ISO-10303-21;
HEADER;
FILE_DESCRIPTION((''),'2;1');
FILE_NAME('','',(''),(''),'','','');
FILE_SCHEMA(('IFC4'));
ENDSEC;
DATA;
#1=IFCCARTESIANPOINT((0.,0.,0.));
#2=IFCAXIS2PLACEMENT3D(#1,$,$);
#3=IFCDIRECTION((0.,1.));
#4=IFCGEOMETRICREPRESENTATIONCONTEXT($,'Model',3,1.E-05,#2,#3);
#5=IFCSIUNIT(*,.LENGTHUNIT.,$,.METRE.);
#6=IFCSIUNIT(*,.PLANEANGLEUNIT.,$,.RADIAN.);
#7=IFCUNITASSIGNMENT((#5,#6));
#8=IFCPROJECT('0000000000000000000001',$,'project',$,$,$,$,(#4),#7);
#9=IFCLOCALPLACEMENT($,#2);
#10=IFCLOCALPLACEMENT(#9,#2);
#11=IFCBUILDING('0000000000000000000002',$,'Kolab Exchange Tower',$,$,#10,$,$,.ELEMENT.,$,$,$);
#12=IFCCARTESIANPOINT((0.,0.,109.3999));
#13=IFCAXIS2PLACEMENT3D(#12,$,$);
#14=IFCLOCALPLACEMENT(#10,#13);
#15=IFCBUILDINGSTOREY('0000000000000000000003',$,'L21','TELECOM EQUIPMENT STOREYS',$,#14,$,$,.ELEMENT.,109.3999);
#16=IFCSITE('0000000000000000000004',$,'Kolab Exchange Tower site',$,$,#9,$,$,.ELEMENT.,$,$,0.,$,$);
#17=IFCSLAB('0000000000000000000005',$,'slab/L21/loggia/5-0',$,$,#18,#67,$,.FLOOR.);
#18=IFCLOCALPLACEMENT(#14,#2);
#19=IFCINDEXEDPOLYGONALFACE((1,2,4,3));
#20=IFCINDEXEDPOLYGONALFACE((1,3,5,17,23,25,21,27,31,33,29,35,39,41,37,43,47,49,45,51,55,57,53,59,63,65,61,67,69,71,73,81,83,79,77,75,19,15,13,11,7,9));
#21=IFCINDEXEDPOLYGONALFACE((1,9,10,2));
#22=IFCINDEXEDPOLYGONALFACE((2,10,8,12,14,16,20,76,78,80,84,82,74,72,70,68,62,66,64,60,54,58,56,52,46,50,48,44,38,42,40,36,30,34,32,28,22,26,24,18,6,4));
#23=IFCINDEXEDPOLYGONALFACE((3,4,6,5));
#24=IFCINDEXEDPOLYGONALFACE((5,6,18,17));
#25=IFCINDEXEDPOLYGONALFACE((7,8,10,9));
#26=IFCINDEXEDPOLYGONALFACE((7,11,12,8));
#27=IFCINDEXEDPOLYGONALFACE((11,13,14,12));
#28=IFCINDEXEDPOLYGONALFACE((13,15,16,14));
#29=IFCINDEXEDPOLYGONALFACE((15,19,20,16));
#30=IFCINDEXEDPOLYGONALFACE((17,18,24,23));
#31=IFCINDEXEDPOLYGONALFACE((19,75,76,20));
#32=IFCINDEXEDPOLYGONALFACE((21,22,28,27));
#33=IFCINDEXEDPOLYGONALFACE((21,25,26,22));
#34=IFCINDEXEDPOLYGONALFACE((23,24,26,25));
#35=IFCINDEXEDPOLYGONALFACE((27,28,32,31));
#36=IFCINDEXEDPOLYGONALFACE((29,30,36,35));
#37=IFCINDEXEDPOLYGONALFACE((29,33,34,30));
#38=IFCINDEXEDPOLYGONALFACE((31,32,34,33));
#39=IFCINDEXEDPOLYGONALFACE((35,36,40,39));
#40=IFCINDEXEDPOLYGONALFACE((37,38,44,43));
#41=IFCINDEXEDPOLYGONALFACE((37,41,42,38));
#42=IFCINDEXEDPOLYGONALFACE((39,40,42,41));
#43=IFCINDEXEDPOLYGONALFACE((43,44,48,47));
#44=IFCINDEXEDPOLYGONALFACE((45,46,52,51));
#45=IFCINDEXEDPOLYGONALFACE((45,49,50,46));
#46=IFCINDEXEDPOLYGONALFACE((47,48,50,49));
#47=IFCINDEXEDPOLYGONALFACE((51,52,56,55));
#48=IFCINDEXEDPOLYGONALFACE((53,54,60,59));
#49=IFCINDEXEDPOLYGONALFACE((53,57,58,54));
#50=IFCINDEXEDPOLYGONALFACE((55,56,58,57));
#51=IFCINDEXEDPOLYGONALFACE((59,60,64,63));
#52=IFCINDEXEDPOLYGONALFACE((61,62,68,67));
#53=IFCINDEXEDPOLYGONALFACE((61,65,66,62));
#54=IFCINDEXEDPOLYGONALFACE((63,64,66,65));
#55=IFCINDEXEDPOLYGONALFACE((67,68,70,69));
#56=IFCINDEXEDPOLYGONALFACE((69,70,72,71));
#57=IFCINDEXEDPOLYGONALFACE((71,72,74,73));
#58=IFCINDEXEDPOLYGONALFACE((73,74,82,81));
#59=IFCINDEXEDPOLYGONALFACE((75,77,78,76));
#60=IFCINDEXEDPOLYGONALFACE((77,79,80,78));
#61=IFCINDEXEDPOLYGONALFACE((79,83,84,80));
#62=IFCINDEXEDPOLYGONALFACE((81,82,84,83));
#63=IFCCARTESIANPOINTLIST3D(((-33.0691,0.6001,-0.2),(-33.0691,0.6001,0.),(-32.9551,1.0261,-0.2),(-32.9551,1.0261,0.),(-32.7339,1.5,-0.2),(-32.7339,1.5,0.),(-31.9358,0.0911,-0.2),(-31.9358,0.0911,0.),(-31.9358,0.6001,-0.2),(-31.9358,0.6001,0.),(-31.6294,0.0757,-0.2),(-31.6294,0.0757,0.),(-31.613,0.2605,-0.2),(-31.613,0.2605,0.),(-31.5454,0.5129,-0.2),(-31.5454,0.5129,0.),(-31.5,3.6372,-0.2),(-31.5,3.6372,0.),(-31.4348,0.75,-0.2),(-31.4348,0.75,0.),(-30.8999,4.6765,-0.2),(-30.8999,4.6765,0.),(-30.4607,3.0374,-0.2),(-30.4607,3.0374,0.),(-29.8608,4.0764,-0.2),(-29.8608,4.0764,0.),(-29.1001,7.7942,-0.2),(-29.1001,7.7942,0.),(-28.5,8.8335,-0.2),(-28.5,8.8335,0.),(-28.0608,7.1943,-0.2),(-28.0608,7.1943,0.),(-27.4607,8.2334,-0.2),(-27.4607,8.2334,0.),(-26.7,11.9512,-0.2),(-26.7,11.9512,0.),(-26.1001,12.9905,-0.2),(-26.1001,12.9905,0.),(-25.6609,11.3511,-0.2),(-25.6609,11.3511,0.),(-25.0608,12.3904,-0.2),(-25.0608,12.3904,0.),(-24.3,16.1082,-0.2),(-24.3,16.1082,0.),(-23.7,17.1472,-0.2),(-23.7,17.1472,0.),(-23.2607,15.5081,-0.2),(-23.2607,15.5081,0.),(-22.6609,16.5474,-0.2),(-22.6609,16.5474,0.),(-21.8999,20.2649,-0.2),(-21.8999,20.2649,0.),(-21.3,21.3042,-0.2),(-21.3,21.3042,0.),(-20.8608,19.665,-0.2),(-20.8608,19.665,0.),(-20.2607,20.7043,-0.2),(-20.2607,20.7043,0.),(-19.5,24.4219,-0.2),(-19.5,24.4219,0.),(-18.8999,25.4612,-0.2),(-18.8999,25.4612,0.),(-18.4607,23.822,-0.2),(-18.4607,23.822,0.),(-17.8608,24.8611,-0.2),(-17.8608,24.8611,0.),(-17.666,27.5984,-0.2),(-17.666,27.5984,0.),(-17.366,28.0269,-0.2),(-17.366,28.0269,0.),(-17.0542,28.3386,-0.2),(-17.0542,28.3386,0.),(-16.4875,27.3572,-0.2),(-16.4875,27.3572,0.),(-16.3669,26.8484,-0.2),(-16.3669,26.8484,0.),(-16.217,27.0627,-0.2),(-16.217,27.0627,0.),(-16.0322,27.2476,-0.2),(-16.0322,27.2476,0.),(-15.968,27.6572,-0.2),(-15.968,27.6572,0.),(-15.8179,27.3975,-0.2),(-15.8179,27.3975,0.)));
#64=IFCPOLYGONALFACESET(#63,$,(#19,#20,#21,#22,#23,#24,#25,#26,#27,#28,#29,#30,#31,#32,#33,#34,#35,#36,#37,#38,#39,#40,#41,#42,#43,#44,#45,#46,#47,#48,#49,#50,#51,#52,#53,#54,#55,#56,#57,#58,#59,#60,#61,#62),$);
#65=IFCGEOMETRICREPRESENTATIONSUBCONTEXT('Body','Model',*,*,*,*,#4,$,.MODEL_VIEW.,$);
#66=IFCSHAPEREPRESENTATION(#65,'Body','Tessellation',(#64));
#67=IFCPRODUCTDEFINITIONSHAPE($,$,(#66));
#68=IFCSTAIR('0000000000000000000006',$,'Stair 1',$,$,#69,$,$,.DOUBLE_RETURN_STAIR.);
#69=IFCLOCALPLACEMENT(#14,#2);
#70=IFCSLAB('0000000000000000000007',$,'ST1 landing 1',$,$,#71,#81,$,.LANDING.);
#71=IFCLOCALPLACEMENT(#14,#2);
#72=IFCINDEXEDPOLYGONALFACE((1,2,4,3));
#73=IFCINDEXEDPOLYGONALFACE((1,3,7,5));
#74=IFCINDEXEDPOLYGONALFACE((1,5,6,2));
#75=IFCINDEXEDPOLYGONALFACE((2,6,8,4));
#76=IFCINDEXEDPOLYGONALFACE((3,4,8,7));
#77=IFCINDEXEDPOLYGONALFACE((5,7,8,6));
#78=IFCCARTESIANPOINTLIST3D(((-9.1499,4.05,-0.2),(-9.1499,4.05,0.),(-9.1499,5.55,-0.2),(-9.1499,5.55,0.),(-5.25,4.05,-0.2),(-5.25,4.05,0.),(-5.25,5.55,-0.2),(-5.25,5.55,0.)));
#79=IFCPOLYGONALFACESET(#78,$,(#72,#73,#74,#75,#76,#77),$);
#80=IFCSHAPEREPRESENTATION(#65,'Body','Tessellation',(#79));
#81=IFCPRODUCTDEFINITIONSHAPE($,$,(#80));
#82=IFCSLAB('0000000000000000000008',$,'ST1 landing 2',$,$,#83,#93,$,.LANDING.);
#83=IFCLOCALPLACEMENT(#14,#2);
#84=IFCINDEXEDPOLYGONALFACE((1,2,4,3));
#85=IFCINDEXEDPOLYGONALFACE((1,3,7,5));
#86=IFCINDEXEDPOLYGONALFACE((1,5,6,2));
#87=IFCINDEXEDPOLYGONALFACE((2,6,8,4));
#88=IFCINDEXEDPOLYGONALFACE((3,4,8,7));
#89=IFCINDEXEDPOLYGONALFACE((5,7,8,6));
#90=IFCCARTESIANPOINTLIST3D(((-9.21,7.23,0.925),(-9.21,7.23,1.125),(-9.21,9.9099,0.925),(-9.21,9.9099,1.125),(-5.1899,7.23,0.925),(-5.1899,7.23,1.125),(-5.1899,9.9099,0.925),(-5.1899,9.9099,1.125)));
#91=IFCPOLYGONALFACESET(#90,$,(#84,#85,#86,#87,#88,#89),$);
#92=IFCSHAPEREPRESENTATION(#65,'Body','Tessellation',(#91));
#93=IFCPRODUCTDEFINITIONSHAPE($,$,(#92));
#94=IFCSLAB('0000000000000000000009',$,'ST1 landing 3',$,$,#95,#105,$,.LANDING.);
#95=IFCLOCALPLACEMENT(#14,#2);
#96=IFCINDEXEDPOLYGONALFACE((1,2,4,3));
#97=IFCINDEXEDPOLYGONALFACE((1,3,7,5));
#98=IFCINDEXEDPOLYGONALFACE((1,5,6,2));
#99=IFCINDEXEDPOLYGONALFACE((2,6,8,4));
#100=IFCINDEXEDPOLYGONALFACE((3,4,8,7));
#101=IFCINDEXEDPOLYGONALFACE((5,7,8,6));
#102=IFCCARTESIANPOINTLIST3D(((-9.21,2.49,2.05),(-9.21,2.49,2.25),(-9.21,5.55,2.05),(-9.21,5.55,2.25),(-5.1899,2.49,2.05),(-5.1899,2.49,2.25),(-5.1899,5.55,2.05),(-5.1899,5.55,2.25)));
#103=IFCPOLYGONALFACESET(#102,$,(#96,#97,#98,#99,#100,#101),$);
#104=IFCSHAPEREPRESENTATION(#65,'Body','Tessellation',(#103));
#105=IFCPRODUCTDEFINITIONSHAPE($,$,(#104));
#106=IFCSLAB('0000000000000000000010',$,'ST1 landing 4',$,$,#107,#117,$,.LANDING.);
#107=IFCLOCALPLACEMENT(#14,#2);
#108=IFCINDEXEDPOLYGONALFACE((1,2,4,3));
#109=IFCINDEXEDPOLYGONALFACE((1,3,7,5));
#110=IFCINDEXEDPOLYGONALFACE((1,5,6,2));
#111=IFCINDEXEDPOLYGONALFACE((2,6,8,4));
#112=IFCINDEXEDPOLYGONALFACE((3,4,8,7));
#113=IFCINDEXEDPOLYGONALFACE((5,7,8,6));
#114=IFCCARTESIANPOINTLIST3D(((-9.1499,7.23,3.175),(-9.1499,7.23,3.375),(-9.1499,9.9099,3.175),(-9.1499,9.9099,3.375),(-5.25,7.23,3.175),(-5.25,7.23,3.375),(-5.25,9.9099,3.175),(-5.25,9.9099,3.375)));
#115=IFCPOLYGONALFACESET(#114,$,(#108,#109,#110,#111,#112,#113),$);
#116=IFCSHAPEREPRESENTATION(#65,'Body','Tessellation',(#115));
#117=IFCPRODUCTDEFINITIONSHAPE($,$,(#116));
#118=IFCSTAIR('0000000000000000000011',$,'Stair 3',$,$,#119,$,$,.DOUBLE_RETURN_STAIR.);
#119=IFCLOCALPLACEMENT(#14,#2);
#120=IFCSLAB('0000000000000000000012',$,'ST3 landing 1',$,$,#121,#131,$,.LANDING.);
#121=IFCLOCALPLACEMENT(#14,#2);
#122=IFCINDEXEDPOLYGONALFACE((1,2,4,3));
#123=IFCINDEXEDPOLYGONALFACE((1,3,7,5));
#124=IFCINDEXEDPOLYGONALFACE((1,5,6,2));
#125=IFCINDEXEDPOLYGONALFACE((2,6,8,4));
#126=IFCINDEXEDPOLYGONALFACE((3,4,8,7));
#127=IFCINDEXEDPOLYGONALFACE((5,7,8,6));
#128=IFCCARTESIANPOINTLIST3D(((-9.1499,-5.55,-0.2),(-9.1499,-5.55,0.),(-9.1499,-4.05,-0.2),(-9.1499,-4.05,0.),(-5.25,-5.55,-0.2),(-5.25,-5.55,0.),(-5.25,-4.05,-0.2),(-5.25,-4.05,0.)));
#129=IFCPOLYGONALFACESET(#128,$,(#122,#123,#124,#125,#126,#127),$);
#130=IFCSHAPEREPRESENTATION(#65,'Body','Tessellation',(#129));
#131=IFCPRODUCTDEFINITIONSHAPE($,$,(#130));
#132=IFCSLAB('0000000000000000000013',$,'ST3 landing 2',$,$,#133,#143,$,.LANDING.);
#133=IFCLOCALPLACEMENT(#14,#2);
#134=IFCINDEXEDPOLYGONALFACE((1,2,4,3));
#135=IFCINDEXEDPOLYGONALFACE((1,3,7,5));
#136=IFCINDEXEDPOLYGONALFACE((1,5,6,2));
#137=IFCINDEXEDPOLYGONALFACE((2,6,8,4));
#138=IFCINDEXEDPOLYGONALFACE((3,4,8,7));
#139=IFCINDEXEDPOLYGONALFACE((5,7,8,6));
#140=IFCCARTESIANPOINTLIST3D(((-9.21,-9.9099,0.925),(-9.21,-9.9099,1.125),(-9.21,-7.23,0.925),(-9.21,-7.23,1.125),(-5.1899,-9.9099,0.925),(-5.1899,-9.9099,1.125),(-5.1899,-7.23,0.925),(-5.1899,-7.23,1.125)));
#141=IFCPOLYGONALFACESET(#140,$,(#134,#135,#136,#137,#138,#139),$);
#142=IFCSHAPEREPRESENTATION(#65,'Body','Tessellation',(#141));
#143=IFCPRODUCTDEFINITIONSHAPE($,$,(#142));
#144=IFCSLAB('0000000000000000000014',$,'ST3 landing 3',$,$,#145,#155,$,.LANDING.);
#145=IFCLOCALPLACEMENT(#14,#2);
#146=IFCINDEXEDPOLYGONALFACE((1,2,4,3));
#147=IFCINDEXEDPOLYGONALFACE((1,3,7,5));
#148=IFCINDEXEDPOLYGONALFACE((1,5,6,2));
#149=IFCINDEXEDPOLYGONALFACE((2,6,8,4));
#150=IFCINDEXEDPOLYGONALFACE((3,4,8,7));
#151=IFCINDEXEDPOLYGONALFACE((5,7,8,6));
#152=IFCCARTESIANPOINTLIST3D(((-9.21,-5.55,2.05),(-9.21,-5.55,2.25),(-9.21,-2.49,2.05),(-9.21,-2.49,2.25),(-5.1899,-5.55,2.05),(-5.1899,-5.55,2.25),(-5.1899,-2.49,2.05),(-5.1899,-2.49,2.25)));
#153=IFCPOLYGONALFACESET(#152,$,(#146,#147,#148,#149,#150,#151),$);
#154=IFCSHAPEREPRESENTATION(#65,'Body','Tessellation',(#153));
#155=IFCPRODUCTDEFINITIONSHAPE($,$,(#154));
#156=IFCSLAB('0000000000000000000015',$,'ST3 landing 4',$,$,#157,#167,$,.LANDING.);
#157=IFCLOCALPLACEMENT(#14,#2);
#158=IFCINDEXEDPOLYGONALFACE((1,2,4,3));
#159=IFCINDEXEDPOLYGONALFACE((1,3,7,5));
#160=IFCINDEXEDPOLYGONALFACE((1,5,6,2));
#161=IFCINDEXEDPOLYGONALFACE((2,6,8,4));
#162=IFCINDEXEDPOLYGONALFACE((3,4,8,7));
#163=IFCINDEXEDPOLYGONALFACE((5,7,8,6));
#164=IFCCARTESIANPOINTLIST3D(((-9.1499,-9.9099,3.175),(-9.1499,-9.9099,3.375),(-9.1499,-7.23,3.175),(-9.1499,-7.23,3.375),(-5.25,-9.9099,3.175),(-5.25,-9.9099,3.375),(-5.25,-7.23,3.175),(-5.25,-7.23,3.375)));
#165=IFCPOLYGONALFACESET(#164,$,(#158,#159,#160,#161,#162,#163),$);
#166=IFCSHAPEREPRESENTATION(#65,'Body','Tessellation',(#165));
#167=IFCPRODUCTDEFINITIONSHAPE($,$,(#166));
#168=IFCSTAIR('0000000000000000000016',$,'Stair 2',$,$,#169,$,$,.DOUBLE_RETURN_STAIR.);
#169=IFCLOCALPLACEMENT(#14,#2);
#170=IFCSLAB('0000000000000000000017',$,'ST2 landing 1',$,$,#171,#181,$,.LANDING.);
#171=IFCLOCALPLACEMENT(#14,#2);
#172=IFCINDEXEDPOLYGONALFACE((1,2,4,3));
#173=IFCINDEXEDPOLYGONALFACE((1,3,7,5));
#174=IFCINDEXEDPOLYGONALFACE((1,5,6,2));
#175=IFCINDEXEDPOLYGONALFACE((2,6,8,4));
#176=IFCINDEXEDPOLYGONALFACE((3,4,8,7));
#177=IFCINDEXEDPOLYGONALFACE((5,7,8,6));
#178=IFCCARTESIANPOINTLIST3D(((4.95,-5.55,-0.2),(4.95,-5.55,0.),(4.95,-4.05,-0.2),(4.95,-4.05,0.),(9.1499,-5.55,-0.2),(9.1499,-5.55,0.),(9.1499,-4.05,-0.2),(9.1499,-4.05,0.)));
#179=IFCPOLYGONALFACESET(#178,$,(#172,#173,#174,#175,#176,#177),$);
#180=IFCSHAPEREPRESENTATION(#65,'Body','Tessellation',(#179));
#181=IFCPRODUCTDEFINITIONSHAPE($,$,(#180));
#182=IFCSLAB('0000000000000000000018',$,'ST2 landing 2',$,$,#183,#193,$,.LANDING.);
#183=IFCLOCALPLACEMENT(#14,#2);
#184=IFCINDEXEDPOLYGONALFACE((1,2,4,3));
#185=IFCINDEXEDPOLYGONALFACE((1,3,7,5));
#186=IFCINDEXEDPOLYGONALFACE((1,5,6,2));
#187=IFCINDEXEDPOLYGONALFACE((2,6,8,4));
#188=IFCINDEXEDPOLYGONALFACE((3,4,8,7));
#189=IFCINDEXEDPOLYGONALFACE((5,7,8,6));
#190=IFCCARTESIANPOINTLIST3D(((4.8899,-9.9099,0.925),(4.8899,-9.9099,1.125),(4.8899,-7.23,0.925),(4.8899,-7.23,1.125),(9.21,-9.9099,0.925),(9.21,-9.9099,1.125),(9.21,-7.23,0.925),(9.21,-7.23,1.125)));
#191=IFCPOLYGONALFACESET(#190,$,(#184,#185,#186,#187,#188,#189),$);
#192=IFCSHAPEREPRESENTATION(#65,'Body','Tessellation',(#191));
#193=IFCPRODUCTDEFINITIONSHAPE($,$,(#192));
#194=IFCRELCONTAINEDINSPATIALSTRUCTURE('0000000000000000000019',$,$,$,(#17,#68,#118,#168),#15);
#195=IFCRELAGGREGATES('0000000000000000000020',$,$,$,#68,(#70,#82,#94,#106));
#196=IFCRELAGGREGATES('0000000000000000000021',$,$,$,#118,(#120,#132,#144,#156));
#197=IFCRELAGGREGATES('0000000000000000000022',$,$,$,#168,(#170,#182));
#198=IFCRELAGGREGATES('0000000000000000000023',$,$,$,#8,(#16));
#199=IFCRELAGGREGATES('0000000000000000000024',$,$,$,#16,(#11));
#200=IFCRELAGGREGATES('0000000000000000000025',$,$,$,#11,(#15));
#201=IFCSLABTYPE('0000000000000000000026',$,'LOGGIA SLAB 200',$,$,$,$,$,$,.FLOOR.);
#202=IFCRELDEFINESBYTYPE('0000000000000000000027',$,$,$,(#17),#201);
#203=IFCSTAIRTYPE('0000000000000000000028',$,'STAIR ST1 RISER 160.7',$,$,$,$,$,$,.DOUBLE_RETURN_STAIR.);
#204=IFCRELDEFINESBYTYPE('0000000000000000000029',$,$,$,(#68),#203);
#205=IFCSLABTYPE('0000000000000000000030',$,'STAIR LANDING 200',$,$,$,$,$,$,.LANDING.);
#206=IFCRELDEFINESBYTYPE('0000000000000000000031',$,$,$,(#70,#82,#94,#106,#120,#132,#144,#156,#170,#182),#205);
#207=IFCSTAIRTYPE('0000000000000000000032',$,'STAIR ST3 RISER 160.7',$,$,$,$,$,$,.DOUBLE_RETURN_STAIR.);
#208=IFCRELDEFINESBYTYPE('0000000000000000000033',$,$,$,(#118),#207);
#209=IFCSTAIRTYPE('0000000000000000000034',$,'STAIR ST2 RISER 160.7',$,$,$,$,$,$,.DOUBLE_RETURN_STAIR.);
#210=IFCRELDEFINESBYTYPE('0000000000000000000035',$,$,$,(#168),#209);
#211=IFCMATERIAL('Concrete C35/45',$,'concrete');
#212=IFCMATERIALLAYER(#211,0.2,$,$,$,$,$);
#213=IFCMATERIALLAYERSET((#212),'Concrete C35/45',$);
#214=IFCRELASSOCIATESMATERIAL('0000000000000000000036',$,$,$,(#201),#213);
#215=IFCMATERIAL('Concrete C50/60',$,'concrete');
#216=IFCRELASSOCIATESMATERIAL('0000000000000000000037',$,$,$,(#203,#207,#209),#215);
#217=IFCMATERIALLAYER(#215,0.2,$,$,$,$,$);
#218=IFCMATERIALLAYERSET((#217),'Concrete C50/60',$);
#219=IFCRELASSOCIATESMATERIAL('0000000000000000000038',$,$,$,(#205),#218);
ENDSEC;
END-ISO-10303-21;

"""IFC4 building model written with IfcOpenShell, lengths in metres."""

from ifc_helpers import new_model, si_unit, direction, frame, origin, place, context, subcontext, project, spatial, polyline, outline, extrude, material, layer, layer_set, type_object, element, aggregate, save


model = new_model("IFC4")

# Units and contexts
model_context = context("Model", 3, precision=1e-05, world=origin(), true_north=direction((0.0, 1.0)))
body_context = subcontext(model_context, "Body", "Model", "MODEL_VIEW")
ifc_project = project(units=[si_unit("LENGTHUNIT", "METRE"), si_unit("PLANEANGLEUNIT", "RADIAN")], contexts=[model_context])

# Site, building, storey
site_placement = place(None, origin())
site = spatial("IfcSite", under=ifc_project, at=site_placement, Name="Kolab Exchange Tower site", CompositionType="ELEMENT", RefElevation=0.0)
building_placement = place(site_placement, origin())
building = spatial("IfcBuilding", under=site, at=building_placement, Name="Kolab Exchange Tower", CompositionType="ELEMENT")
storey_placement = place(building_placement, frame((0.0, 0.0, 109.3999)))
storey = spatial("IfcBuildingStorey", under=building, at=storey_placement, Name="L21", Description="TELECOM EQUIPMENT STOREYS", CompositionType="ELEMENT", Elevation=109.3999)

# Slab
ifc_material_1 = material(Name="Concrete C35/45", Category="concrete")
ifc_layer_1 = layer(ifc_material_1, 0.2)
ifc_layer_set_1 = layer_set([ifc_layer_1], Name="Concrete C35/45")
slab_type_1 = type_object("IfcSlabType", Name="LOGGIA SLAB 200", PredefinedType="FLOOR", material=ifc_layer_set_1)
slab_1_placement = place(storey_placement, frame((0.0, 0.0, -0.2)))
element("IfcSlab", 1, at=slab_1_placement, inside=storey, type_object=slab_type_1, Name="slab/L21/loggia/5-0", PredefinedType="FLOOR", context=body_context, shape_type="SweptSolid", body=[
    extrude(outline(polyline([(-16.0322, 27.2476), (-15.8179, 27.3975), (-15.968, 27.6572), (-16.4875, 27.3572), (-17.0542, 28.3386), (-17.366, 28.0269), (-17.666, 27.5984), (-18.8999, 25.4612), (-17.8608, 24.8611), (-18.4607, 23.822), (-19.5, 24.4219), (-21.3, 21.3042), (-20.2607, 20.7043), (-20.8608, 19.665), (-21.8999, 20.2649), (-23.7, 17.1472), (-22.6609, 16.5474), (-23.2607, 15.5081), (-24.3, 16.1082), (-26.1001, 12.9905), (-25.0608, 12.3904), (-25.6609, 11.3511), (-26.7, 11.9512), (-28.5, 8.8335), (-27.4607, 8.2334), (-28.0608, 7.1943), (-29.1001, 7.7942), (-30.8999, 4.6765), (-29.8608, 4.0764), (-30.4607, 3.0374), (-31.5, 3.6372), (-32.7339, 1.5), (-32.9551, 1.0261), (-33.0691, 0.6001), (-31.9358, 0.6001), (-31.9358, 0.0911), (-31.6294, 0.0757), (-31.613, 0.2605), (-31.5454, 0.5129), (-31.4348, 0.75), (-16.3669, 26.8484), (-16.217, 27.0627), (-16.0322, 27.2476)])), origin(), (0.0, 0.0, 1.0), 0.2),
])

# Stairs, slabs
ifc_material_2 = material(Name="Concrete C50/60", Category="concrete")
stair_type_1 = type_object("IfcStairType", Name="STAIR ST1 RISER 160.7", PredefinedType="DOUBLE_RETURN_STAIR", material=ifc_material_2)
stair_1_placement = place(storey_placement, origin())
stair_1 = element("IfcStair", 2, at=stair_1_placement, inside=storey, type_object=stair_type_1, Name="Stair 1", PredefinedType="DOUBLE_RETURN_STAIR")
ifc_layer_2 = layer(ifc_material_2, 0.2)
ifc_layer_set_2 = layer_set([ifc_layer_2], Name="Concrete C50/60")
slab_type_2 = type_object("IfcSlabType", Name="STAIR LANDING 200", PredefinedType="LANDING", material=ifc_layer_set_2)
slab_2_placement = place(storey_placement, frame((0.0, 0.0, -0.2)))
slab_2 = element("IfcSlab", 3, at=slab_2_placement, type_object=slab_type_2, Name="ST1 landing 1", PredefinedType="LANDING", context=body_context, shape_type="SweptSolid", body=[
    extrude(outline(polyline([(-9.1499, 4.05), (-5.25, 4.05), (-5.25, 5.55), (-9.1499, 5.55), (-9.1499, 4.05)])), origin(), (0.0, 0.0, 1.0), 0.2),
])
slab_3_placement = place(storey_placement, frame((0.0, 0.0, 0.925)))
slab_3 = element("IfcSlab", 4, at=slab_3_placement, type_object=slab_type_2, Name="ST1 landing 2", PredefinedType="LANDING", context=body_context, shape_type="SweptSolid", body=[
    extrude(outline(polyline([(-9.21, 7.23), (-5.1899, 7.23), (-5.1899, 9.9099), (-9.21, 9.9099), (-9.21, 7.23)])), origin(), (0.0, 0.0, 1.0), 0.2),
])
slab_4_placement = place(storey_placement, frame((0.0, 0.0, 2.05)))
slab_4 = element("IfcSlab", 5, at=slab_4_placement, type_object=slab_type_2, Name="ST1 landing 3", PredefinedType="LANDING", context=body_context, shape_type="SweptSolid", body=[
    extrude(outline(polyline([(-9.21, 2.49), (-5.1899, 2.49), (-5.1899, 5.55), (-9.21, 5.55), (-9.21, 2.49)])), origin(), (0.0, 0.0, 1.0), 0.2),
])
slab_5_placement = place(storey_placement, frame((0.0, 0.0, 3.175)))
slab_5 = element("IfcSlab", 6, at=slab_5_placement, type_object=slab_type_2, Name="ST1 landing 4", PredefinedType="LANDING", context=body_context, shape_type="SweptSolid", body=[
    extrude(outline(polyline([(-9.1499, 7.23), (-5.25, 7.23), (-5.25, 9.9099), (-9.1499, 9.9099), (-9.1499, 7.23)])), origin(), (0.0, 0.0, 1.0), 0.2),
])
aggregate(stair_1, [slab_2, slab_3, slab_4, slab_5])
stair_type_2 = type_object("IfcStairType", Name="STAIR ST3 RISER 160.7", PredefinedType="DOUBLE_RETURN_STAIR", material=ifc_material_2)
stair_2_placement = place(storey_placement, origin())
stair_2 = element("IfcStair", 7, at=stair_2_placement, inside=storey, type_object=stair_type_2, Name="Stair 3", PredefinedType="DOUBLE_RETURN_STAIR")
slab_6_placement = place(storey_placement, frame((0.0, 0.0, -0.2)))
slab_6 = element("IfcSlab", 8, at=slab_6_placement, type_object=slab_type_2, Name="ST3 landing 1", PredefinedType="LANDING", context=body_context, shape_type="SweptSolid", body=[
    extrude(outline(polyline([(-9.1499, -5.55), (-5.25, -5.55), (-5.25, -4.05), (-9.1499, -4.05), (-9.1499, -5.55)])), origin(), (0.0, 0.0, 1.0), 0.2),
])
slab_7_placement = place(storey_placement, frame((0.0, 0.0, 0.925)))
slab_7 = element("IfcSlab", 9, at=slab_7_placement, type_object=slab_type_2, Name="ST3 landing 2", PredefinedType="LANDING", context=body_context, shape_type="SweptSolid", body=[
    extrude(outline(polyline([(-9.21, -9.9099), (-5.1899, -9.9099), (-5.1899, -7.23), (-9.21, -7.23), (-9.21, -9.9099)])), origin(), (0.0, 0.0, 1.0), 0.2),
])
slab_8_placement = place(storey_placement, frame((0.0, 0.0, 2.05)))
slab_8 = element("IfcSlab", 10, at=slab_8_placement, type_object=slab_type_2, Name="ST3 landing 3", PredefinedType="LANDING", context=body_context, shape_type="SweptSolid", body=[
    extrude(outline(polyline([(-9.21, -5.55), (-5.1899, -5.55), (-5.1899, -2.49), (-9.21, -2.49), (-9.21, -5.55)])), origin(), (0.0, 0.0, 1.0), 0.2),
])
slab_9_placement = place(storey_placement, frame((0.0, 0.0, 3.175)))
slab_9 = element("IfcSlab", 11, at=slab_9_placement, type_object=slab_type_2, Name="ST3 landing 4", PredefinedType="LANDING", context=body_context, shape_type="SweptSolid", body=[
    extrude(outline(polyline([(-9.1499, -9.9099), (-5.25, -9.9099), (-5.25, -7.23), (-9.1499, -7.23), (-9.1499, -9.9099)])), origin(), (0.0, 0.0, 1.0), 0.2),
])
aggregate(stair_2, [slab_6, slab_7, slab_8, slab_9])
stair_type_3 = type_object("IfcStairType", Name="STAIR ST2 RISER 160.7", PredefinedType="DOUBLE_RETURN_STAIR", material=ifc_material_2)
stair_3_placement = place(storey_placement, origin())
stair_3 = element("IfcStair", 12, at=stair_3_placement, inside=storey, type_object=stair_type_3, Name="Stair 2", PredefinedType="DOUBLE_RETURN_STAIR")
slab_10_placement = place(storey_placement, frame((0.0, 0.0, -0.2)))
slab_10 = element("IfcSlab", 13, at=slab_10_placement, type_object=slab_type_2, Name="ST2 landing 1", PredefinedType="LANDING", context=body_context, shape_type="SweptSolid", body=[
    extrude(outline(polyline([(4.95, -5.55), (9.1499, -5.55), (9.1499, -4.05), (4.95, -4.05), (4.95, -5.55)])), origin(), (0.0, 0.0, 1.0), 0.2),
])
slab_11_placement = place(storey_placement, frame((0.0, 0.0, 0.925)))
slab_11 = element("IfcSlab", 14, at=slab_11_placement, type_object=slab_type_2, Name="ST2 landing 2", PredefinedType="LANDING", context=body_context, shape_type="SweptSolid", body=[
    extrude(outline(polyline([(4.8899, -9.9099), (9.21, -9.9099), (9.21, -7.23), (4.8899, -7.23), (4.8899, -9.9099)])), origin(), (0.0, 0.0, 1.0), 0.2),
])
aggregate(stair_3, [slab_10, slab_11])

save(model, "model.ifc")
